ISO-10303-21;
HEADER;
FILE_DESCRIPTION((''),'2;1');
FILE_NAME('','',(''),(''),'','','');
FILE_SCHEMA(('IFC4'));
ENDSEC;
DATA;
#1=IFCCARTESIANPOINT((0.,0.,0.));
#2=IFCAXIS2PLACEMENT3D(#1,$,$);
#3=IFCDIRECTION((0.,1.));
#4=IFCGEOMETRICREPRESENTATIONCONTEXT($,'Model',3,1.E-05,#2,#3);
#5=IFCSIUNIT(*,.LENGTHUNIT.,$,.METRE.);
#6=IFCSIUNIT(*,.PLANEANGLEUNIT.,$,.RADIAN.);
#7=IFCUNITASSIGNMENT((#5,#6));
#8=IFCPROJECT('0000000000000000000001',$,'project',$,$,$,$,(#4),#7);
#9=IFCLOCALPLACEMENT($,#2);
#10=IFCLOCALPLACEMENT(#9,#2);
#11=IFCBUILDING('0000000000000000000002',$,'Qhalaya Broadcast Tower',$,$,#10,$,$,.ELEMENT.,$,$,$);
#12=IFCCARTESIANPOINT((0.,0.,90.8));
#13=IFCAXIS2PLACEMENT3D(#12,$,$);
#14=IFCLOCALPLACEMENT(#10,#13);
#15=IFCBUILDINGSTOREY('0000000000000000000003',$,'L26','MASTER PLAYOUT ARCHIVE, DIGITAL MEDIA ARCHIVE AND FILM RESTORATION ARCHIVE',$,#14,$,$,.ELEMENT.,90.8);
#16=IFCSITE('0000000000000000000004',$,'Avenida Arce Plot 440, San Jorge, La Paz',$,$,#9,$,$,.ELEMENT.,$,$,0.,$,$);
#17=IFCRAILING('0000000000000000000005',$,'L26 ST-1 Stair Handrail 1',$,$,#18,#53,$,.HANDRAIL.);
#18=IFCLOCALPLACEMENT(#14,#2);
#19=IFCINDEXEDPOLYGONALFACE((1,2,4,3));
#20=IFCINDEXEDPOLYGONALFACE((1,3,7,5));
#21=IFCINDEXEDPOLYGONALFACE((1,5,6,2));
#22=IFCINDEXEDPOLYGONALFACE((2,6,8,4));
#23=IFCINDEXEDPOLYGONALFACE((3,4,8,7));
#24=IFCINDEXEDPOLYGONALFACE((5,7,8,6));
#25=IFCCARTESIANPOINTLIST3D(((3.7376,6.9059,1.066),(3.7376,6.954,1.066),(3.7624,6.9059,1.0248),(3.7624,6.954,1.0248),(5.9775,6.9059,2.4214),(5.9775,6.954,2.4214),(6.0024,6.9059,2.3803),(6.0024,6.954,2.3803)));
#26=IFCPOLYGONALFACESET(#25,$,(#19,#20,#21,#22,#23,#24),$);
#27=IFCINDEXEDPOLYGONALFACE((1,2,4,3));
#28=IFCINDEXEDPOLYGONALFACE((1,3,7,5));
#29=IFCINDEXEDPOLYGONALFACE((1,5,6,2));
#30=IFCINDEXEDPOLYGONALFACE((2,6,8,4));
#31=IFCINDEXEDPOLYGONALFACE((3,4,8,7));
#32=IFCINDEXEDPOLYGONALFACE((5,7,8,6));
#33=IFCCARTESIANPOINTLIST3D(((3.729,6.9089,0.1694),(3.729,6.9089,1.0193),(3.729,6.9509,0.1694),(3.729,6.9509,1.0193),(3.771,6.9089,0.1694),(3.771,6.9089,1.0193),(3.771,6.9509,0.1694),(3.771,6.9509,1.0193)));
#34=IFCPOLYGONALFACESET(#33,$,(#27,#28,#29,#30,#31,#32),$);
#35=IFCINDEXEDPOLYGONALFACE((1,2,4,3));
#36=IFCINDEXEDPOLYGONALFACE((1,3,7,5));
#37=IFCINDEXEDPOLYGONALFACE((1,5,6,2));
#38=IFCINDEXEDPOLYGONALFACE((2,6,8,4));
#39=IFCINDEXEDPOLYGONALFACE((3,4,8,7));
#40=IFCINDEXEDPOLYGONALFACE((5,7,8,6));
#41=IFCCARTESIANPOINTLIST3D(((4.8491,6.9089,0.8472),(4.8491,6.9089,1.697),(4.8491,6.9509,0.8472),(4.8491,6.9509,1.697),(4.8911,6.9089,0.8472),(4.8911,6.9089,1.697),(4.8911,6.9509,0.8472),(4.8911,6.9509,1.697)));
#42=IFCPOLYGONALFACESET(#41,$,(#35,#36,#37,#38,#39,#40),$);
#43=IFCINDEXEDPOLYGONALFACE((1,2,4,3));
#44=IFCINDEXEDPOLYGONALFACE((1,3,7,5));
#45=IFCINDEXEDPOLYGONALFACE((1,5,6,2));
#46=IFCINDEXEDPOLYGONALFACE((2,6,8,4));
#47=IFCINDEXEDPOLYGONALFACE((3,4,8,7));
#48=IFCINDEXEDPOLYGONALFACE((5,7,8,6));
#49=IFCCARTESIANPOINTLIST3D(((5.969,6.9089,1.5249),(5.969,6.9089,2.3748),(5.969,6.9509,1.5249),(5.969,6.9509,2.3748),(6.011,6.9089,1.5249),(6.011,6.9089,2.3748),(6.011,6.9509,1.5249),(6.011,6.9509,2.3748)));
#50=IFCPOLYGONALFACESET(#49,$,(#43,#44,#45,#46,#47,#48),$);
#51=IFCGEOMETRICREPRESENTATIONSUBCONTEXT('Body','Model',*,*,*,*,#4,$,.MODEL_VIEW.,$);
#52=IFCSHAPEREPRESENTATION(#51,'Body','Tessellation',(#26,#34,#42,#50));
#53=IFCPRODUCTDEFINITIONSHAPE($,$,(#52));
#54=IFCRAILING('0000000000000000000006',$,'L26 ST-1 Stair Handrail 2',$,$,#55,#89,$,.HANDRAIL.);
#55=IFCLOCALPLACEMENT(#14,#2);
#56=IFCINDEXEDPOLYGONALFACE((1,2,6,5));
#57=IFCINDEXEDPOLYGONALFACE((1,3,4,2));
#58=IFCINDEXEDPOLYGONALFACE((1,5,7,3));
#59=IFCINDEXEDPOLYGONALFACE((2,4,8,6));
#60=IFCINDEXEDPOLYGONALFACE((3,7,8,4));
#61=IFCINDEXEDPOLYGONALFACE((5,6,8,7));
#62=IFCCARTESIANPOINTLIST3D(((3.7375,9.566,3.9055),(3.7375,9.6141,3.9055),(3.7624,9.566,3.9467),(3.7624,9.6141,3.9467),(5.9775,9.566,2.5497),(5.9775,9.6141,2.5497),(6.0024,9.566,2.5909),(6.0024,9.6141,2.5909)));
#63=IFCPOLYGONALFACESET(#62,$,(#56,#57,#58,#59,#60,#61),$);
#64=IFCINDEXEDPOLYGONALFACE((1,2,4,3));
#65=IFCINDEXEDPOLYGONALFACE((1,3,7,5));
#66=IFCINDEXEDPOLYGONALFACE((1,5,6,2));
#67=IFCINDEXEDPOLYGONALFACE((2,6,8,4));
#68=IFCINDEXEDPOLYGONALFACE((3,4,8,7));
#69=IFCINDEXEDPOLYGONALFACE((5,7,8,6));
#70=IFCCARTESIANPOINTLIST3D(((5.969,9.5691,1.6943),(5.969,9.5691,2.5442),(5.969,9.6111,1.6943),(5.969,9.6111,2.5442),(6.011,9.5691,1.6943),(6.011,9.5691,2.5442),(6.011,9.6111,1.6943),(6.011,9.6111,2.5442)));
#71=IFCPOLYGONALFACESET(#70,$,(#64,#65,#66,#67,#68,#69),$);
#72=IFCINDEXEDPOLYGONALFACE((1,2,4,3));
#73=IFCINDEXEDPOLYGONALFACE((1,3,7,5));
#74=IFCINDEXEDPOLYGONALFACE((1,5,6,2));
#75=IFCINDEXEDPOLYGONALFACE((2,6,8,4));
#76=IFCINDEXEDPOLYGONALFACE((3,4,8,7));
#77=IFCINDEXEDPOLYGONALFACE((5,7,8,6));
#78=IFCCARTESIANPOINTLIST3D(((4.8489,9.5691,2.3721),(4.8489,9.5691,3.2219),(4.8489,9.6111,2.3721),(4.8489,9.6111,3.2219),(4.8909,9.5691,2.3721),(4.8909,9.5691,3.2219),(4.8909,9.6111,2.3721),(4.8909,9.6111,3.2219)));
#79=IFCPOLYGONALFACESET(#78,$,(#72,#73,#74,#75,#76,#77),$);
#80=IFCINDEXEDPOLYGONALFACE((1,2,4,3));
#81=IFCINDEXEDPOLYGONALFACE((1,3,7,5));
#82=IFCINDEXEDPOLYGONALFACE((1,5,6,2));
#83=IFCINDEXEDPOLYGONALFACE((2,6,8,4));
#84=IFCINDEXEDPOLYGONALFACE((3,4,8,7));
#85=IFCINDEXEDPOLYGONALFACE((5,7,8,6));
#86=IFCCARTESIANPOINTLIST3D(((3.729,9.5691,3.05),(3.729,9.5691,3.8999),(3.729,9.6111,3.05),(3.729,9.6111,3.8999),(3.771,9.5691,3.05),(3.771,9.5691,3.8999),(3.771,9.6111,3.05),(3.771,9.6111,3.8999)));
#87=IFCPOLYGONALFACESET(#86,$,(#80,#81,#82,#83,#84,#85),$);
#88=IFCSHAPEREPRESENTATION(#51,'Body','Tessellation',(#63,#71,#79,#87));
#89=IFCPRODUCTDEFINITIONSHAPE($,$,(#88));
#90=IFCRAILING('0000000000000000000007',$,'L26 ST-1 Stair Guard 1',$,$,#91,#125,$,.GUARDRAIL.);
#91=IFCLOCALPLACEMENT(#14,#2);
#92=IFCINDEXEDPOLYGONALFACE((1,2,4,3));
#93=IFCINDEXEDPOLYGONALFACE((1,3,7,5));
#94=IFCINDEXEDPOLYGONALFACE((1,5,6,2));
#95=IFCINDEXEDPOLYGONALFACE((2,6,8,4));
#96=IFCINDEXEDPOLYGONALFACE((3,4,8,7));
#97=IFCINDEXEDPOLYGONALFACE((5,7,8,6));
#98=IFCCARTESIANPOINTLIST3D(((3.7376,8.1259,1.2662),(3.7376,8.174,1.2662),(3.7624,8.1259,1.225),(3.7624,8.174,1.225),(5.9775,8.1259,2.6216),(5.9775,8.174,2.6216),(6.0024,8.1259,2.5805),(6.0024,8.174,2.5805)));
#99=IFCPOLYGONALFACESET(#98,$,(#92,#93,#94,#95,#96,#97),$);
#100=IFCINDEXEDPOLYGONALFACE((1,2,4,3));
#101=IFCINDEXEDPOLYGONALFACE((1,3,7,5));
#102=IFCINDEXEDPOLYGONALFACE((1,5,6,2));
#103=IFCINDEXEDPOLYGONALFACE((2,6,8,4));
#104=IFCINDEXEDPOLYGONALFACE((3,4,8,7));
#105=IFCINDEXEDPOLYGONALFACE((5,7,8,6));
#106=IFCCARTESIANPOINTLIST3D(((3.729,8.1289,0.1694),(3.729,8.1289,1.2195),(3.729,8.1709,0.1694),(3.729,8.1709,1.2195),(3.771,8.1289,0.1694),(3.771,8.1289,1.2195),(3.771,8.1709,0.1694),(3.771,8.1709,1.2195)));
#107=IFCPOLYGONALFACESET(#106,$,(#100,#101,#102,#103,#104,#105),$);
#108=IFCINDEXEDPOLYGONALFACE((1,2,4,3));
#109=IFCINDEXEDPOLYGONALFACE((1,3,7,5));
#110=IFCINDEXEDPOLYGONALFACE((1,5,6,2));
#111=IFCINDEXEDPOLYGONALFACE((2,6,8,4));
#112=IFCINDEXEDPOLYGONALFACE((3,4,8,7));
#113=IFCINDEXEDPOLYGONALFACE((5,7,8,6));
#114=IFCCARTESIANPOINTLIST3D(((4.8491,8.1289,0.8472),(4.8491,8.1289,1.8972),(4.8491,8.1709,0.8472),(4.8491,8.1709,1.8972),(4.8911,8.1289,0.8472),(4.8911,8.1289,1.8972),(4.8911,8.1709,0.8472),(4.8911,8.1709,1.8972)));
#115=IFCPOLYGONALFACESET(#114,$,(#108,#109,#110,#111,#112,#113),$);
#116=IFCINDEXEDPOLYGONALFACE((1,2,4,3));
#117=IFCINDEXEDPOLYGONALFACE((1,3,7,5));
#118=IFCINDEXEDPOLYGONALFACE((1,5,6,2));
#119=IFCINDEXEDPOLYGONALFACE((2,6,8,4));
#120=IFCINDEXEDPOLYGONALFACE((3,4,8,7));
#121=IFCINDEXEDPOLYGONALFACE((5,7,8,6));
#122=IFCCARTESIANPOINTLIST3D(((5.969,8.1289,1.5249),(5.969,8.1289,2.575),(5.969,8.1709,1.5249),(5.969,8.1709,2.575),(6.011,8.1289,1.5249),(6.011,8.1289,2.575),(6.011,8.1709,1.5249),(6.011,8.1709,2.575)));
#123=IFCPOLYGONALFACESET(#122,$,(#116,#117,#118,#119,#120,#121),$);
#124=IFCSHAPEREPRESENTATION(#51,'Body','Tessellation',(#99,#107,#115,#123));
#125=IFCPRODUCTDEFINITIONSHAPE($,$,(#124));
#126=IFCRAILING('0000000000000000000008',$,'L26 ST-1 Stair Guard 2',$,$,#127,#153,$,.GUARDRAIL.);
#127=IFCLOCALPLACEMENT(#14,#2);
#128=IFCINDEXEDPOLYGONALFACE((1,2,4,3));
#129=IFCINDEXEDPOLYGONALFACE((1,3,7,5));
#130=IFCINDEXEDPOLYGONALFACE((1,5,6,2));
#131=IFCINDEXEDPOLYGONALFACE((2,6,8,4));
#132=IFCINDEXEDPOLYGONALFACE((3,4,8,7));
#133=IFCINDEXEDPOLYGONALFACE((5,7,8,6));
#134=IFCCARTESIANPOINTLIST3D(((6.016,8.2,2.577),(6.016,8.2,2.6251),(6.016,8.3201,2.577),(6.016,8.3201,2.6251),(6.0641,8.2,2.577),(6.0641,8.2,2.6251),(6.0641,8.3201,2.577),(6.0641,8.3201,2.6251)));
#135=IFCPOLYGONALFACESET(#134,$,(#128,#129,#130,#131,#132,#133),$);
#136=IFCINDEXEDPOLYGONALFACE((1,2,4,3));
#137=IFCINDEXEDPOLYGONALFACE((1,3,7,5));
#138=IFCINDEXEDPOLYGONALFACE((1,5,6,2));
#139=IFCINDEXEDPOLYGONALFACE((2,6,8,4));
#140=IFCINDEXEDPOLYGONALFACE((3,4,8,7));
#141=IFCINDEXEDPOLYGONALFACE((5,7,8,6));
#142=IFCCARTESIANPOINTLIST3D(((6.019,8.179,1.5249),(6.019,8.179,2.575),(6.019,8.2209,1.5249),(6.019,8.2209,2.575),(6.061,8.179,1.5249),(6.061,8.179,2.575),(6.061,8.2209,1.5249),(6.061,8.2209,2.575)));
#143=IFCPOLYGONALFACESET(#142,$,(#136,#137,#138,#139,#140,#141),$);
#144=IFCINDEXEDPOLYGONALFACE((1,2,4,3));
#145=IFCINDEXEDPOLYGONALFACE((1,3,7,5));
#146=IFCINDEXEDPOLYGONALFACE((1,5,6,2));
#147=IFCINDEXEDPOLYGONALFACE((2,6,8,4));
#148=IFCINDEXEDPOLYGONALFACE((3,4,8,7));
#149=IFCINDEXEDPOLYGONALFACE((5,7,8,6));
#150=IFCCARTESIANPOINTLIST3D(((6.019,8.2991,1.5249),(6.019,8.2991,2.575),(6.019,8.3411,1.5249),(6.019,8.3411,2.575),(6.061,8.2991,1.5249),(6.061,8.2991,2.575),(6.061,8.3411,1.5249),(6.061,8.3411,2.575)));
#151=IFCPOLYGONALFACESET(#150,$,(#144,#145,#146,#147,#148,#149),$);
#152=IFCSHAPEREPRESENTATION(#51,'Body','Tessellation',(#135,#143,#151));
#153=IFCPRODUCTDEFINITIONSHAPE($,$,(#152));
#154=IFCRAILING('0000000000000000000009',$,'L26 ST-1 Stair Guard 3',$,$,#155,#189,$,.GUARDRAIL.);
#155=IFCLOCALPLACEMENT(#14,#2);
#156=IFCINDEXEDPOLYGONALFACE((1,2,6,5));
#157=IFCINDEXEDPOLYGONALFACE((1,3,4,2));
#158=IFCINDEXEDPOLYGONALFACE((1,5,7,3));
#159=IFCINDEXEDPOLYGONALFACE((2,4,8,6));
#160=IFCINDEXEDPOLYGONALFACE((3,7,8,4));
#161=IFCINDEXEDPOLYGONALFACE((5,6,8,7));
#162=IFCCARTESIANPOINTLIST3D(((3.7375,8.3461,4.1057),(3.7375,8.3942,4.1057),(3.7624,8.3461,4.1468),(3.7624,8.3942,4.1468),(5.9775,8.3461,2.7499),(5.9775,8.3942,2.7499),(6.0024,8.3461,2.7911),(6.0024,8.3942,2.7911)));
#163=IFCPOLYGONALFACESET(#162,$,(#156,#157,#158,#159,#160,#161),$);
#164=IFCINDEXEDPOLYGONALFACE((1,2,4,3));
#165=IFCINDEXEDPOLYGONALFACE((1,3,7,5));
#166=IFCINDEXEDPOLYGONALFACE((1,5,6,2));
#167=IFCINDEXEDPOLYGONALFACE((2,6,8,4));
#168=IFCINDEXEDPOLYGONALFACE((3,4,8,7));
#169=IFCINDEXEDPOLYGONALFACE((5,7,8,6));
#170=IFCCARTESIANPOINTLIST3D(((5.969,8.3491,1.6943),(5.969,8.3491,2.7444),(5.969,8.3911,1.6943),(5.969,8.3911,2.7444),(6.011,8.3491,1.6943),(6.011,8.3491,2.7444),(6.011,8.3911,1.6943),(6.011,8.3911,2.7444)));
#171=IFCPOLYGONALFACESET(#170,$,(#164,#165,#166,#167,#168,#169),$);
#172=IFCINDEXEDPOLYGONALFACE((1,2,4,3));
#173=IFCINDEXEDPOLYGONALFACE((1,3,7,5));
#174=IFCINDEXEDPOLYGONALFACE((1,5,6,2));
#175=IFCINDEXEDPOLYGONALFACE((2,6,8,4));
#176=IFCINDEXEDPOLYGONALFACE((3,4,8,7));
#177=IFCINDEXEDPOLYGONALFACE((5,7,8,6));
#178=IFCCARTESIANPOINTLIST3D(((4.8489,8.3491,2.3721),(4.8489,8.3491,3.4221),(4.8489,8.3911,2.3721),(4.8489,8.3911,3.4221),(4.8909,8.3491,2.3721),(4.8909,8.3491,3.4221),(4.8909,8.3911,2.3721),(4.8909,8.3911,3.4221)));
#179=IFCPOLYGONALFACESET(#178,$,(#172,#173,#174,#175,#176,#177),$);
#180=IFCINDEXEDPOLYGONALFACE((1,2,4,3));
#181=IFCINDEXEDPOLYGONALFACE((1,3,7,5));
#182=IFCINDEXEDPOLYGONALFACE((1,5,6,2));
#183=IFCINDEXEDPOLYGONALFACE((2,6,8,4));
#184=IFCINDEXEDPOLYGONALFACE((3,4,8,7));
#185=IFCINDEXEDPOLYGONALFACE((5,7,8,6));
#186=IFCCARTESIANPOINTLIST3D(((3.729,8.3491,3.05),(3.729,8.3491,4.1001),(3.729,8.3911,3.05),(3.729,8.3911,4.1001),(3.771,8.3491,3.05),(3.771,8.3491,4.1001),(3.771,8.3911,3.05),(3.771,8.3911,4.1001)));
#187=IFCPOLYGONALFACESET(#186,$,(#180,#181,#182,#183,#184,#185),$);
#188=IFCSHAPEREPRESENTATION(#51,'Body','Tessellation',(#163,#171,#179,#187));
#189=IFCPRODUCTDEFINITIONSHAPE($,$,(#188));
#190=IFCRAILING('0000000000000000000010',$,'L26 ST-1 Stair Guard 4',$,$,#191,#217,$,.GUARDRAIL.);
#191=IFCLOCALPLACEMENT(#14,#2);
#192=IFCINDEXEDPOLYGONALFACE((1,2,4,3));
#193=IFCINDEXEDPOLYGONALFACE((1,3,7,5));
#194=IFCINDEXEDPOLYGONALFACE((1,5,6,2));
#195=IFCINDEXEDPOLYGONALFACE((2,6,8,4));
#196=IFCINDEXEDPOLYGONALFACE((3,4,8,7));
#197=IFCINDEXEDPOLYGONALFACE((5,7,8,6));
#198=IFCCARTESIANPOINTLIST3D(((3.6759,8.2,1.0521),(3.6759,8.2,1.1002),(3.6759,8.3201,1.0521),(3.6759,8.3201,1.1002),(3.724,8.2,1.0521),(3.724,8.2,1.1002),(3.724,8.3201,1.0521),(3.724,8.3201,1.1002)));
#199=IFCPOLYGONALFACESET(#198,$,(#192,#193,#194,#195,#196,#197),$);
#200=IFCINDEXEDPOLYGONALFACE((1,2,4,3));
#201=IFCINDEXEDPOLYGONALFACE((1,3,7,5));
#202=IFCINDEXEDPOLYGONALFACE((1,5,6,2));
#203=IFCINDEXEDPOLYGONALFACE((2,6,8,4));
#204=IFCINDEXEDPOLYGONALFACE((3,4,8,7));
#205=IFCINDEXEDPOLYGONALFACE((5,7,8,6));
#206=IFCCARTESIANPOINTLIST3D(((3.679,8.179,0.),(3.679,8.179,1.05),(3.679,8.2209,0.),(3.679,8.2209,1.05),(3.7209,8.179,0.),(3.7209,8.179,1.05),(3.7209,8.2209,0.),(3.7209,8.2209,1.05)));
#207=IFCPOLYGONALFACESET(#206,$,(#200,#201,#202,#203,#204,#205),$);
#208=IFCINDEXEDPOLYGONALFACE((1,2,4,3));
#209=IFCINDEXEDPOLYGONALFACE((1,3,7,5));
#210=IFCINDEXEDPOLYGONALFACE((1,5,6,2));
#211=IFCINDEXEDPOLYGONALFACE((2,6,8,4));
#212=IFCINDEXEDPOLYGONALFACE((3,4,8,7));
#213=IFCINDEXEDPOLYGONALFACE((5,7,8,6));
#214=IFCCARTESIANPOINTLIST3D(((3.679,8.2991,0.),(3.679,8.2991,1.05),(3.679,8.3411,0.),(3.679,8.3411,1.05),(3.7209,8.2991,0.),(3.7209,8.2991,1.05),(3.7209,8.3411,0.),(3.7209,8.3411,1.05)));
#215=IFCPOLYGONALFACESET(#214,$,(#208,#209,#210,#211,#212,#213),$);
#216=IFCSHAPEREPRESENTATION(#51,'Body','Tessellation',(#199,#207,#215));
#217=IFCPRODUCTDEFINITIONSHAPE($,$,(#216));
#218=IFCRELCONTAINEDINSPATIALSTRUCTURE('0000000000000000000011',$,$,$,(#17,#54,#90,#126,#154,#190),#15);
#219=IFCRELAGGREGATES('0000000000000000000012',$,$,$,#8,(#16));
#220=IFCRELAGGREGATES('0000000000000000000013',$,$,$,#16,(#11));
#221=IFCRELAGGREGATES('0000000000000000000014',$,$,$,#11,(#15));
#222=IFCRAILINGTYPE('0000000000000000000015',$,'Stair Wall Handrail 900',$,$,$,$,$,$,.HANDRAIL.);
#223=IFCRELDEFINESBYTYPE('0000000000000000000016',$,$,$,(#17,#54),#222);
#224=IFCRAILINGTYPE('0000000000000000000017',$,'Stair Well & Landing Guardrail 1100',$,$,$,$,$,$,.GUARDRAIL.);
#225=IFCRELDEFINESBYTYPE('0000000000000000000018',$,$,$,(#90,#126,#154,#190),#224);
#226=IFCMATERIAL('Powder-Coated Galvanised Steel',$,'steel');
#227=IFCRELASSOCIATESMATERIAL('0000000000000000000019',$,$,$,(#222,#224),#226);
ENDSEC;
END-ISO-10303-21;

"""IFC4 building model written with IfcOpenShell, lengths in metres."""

from ifc_helpers import new_model, si_unit, direction, frame, origin, origin_2d, place, context, subcontext, project, spatial, rectangle, extrude, material, type_object, element, save


model = new_model("IFC4")

# Units and contexts
model_context = context("Model", 3, precision=1e-05, world=origin(), true_north=direction((0.0, 1.0)))
body_context = subcontext(model_context, "Body", "Model", "MODEL_VIEW")
ifc_project = project(units=[si_unit("LENGTHUNIT", "METRE"), si_unit("PLANEANGLEUNIT", "RADIAN")], contexts=[model_context])

# Site, building, storey
site_placement = place(None, origin())
site = spatial("IfcSite", under=ifc_project, at=site_placement, Name="Avenida Arce Plot 440, San Jorge, La Paz", CompositionType="ELEMENT", RefElevation=0.0)
building_placement = place(site_placement, origin())
building = spatial("IfcBuilding", under=site, at=building_placement, Name="Qhalaya Broadcast Tower", CompositionType="ELEMENT")
storey_placement = place(building_placement, frame((0.0, 0.0, 90.8)))
storey = spatial("IfcBuildingStorey", under=building, at=storey_placement, Name="L26", Description="MASTER PLAYOUT ARCHIVE, DIGITAL MEDIA ARCHIVE AND FILM RESTORATION ARCHIVE", CompositionType="ELEMENT", Elevation=90.8)

# Railings
ifc_material_1 = material(Name="Powder-Coated Galvanised Steel", Category="steel")
railing_type_1 = type_object("IfcRailingType", Name="Stair Wall Handrail 900", PredefinedType="HANDRAIL", material=ifc_material_1)
railing_1_placement = place(storey_placement, frame((3.75, 6.9299, 0.1694)))
element("IfcRailing", 1, at=railing_1_placement, inside=storey, type_object=railing_type_1, Name="L26 ST-1 Stair Handrail 1", PredefinedType="HANDRAIL", context=body_context, shape_type="SweptSolid", body=[
    extrude(rectangle(XDim=0.0481, YDim=0.0481, at=origin_2d()), frame((0.0, 0.0, 0.876), z_axis=(0.855553, 0.0, 0.517715), x_axis=(0.0, 1.0, 0.0)), (0.0, 0.0, 1.0), 2.6182),
    extrude(rectangle(XDim=0.042, YDim=0.042, at=origin_2d()), origin(), (0.0, 0.0, 1.0), 0.8499),
    extrude(rectangle(XDim=0.042, YDim=0.042, at=origin_2d()), frame((1.1201, 0.0, 0.6777)), (0.0, 0.0, 1.0), 0.8499),
    extrude(rectangle(XDim=0.042, YDim=0.042, at=origin_2d()), frame((2.24, 0.0, 1.3555)), (0.0, 0.0, 1.0), 0.8499),
])
railing_2_placement = place(storey_placement, frame((5.99, 9.5901, 1.6943)))
element("IfcRailing", 2, at=railing_2_placement, inside=storey, type_object=railing_type_1, Name="L26 ST-1 Stair Handrail 2", PredefinedType="HANDRAIL", context=body_context, shape_type="SweptSolid", body=[
    extrude(rectangle(XDim=0.0481, YDim=0.0481, at=origin_2d()), frame((0.0, 0.0, 0.876), z_axis=(-0.855512, 0.0, 0.517783), x_axis=(0.0, -1.0, 0.0)), (0.0, 0.0, 1.0), 2.6184),
    extrude(rectangle(XDim=0.042, YDim=0.042, at=origin_2d()), origin(), (0.0, 0.0, 1.0), 0.8499),
    extrude(rectangle(XDim=0.042, YDim=0.042, at=origin_2d()), frame((-1.1201, 0.0, 0.6777)), (0.0, 0.0, 1.0), 0.8499),
    extrude(rectangle(XDim=0.042, YDim=0.042, at=origin_2d()), frame((-2.24, 0.0, 1.3557)), (0.0, 0.0, 1.0), 0.8499),
])
railing_type_2 = type_object("IfcRailingType", Name="Stair Well & Landing Guardrail 1100", PredefinedType="GUARDRAIL", material=ifc_material_1)
railing_3_placement = place(storey_placement, frame((3.75, 8.1499, 0.1694)))
element("IfcRailing", 3, at=railing_3_placement, inside=storey, type_object=railing_type_2, Name="L26 ST-1 Stair Guard 1", PredefinedType="GUARDRAIL", context=body_context, shape_type="SweptSolid", body=[
    extrude(rectangle(XDim=0.0481, YDim=0.0481, at=origin_2d()), frame((0.0, 0.0, 1.0762), z_axis=(0.855553, 0.0, 0.517715), x_axis=(0.0, 1.0, 0.0)), (0.0, 0.0, 1.0), 2.6182),
    extrude(rectangle(XDim=0.042, YDim=0.042, at=origin_2d()), origin(), (0.0, 0.0, 1.0), 1.05),
    extrude(rectangle(XDim=0.042, YDim=0.042, at=origin_2d()), frame((1.1201, 0.0, 0.6777)), (0.0, 0.0, 1.0), 1.05),
    extrude(rectangle(XDim=0.042, YDim=0.042, at=origin_2d()), frame((2.24, 0.0, 1.3555)), (0.0, 0.0, 1.0), 1.05),
])
railing_4_placement = place(storey_placement, frame((6.04, 8.2, 1.5249)))
element("IfcRailing", 4, at=railing_4_placement, inside=storey, type_object=railing_type_2, Name="L26 ST-1 Stair Guard 2", PredefinedType="GUARDRAIL", context=body_context, shape_type="SweptSolid", body=[
    extrude(rectangle(XDim=0.0481, YDim=0.0481, at=origin_2d()), frame((0.0, 0.0, 1.0762), z_axis=(0.0, 1.0, 0.0), x_axis=(-1.0, 0.0, 0.0)), (0.0, 0.0, 1.0), 0.1201),
    extrude(rectangle(XDim=0.042, YDim=0.042, at=origin_2d()), origin(), (0.0, 0.0, 1.0), 1.05),
    extrude(rectangle(XDim=0.042, YDim=0.042, at=origin_2d()), frame((0.0, 0.1201, 0.0)), (0.0, 0.0, 1.0), 1.05),
])
railing_5_placement = place(storey_placement, frame((5.99, 8.3701, 1.6943)))
element("IfcRailing", 5, at=railing_5_placement, inside=storey, type_object=railing_type_2, Name="L26 ST-1 Stair Guard 3", PredefinedType="GUARDRAIL", context=body_context, shape_type="SweptSolid", body=[
    extrude(rectangle(XDim=0.0481, YDim=0.0481, at=origin_2d()), frame((0.0, 0.0, 1.0762), z_axis=(-0.855512, 0.0, 0.517783), x_axis=(0.0, -1.0, 0.0)), (0.0, 0.0, 1.0), 2.6184),
    extrude(rectangle(XDim=0.042, YDim=0.042, at=origin_2d()), origin(), (0.0, 0.0, 1.0), 1.05),
    extrude(rectangle(XDim=0.042, YDim=0.042, at=origin_2d()), frame((-1.1201, 0.0, 0.6777)), (0.0, 0.0, 1.0), 1.05),
    extrude(rectangle(XDim=0.042, YDim=0.042, at=origin_2d()), frame((-2.24, 0.0, 1.3557)), (0.0, 0.0, 1.0), 1.05),
])
railing_6_placement = place(storey_placement, frame((3.7, 8.2, 0.0)))
element("IfcRailing", 6, at=railing_6_placement, inside=storey, type_object=railing_type_2, Name="L26 ST-1 Stair Guard 4", PredefinedType="GUARDRAIL", context=body_context, shape_type="SweptSolid", body=[
    extrude(rectangle(XDim=0.0481, YDim=0.0481, at=origin_2d()), frame((0.0, 0.0, 1.0762), z_axis=(0.0, 1.0, 0.0), x_axis=(-1.0, 0.0, 0.0)), (0.0, 0.0, 1.0), 0.1201),
    extrude(rectangle(XDim=0.042, YDim=0.042, at=origin_2d()), origin(), (0.0, 0.0, 1.0), 1.05),
    extrude(rectangle(XDim=0.042, YDim=0.042, at=origin_2d()), frame((0.0, 0.1201, 0.0)), (0.0, 0.0, 1.0), 1.05),
])

save(model, "model.ifc")
